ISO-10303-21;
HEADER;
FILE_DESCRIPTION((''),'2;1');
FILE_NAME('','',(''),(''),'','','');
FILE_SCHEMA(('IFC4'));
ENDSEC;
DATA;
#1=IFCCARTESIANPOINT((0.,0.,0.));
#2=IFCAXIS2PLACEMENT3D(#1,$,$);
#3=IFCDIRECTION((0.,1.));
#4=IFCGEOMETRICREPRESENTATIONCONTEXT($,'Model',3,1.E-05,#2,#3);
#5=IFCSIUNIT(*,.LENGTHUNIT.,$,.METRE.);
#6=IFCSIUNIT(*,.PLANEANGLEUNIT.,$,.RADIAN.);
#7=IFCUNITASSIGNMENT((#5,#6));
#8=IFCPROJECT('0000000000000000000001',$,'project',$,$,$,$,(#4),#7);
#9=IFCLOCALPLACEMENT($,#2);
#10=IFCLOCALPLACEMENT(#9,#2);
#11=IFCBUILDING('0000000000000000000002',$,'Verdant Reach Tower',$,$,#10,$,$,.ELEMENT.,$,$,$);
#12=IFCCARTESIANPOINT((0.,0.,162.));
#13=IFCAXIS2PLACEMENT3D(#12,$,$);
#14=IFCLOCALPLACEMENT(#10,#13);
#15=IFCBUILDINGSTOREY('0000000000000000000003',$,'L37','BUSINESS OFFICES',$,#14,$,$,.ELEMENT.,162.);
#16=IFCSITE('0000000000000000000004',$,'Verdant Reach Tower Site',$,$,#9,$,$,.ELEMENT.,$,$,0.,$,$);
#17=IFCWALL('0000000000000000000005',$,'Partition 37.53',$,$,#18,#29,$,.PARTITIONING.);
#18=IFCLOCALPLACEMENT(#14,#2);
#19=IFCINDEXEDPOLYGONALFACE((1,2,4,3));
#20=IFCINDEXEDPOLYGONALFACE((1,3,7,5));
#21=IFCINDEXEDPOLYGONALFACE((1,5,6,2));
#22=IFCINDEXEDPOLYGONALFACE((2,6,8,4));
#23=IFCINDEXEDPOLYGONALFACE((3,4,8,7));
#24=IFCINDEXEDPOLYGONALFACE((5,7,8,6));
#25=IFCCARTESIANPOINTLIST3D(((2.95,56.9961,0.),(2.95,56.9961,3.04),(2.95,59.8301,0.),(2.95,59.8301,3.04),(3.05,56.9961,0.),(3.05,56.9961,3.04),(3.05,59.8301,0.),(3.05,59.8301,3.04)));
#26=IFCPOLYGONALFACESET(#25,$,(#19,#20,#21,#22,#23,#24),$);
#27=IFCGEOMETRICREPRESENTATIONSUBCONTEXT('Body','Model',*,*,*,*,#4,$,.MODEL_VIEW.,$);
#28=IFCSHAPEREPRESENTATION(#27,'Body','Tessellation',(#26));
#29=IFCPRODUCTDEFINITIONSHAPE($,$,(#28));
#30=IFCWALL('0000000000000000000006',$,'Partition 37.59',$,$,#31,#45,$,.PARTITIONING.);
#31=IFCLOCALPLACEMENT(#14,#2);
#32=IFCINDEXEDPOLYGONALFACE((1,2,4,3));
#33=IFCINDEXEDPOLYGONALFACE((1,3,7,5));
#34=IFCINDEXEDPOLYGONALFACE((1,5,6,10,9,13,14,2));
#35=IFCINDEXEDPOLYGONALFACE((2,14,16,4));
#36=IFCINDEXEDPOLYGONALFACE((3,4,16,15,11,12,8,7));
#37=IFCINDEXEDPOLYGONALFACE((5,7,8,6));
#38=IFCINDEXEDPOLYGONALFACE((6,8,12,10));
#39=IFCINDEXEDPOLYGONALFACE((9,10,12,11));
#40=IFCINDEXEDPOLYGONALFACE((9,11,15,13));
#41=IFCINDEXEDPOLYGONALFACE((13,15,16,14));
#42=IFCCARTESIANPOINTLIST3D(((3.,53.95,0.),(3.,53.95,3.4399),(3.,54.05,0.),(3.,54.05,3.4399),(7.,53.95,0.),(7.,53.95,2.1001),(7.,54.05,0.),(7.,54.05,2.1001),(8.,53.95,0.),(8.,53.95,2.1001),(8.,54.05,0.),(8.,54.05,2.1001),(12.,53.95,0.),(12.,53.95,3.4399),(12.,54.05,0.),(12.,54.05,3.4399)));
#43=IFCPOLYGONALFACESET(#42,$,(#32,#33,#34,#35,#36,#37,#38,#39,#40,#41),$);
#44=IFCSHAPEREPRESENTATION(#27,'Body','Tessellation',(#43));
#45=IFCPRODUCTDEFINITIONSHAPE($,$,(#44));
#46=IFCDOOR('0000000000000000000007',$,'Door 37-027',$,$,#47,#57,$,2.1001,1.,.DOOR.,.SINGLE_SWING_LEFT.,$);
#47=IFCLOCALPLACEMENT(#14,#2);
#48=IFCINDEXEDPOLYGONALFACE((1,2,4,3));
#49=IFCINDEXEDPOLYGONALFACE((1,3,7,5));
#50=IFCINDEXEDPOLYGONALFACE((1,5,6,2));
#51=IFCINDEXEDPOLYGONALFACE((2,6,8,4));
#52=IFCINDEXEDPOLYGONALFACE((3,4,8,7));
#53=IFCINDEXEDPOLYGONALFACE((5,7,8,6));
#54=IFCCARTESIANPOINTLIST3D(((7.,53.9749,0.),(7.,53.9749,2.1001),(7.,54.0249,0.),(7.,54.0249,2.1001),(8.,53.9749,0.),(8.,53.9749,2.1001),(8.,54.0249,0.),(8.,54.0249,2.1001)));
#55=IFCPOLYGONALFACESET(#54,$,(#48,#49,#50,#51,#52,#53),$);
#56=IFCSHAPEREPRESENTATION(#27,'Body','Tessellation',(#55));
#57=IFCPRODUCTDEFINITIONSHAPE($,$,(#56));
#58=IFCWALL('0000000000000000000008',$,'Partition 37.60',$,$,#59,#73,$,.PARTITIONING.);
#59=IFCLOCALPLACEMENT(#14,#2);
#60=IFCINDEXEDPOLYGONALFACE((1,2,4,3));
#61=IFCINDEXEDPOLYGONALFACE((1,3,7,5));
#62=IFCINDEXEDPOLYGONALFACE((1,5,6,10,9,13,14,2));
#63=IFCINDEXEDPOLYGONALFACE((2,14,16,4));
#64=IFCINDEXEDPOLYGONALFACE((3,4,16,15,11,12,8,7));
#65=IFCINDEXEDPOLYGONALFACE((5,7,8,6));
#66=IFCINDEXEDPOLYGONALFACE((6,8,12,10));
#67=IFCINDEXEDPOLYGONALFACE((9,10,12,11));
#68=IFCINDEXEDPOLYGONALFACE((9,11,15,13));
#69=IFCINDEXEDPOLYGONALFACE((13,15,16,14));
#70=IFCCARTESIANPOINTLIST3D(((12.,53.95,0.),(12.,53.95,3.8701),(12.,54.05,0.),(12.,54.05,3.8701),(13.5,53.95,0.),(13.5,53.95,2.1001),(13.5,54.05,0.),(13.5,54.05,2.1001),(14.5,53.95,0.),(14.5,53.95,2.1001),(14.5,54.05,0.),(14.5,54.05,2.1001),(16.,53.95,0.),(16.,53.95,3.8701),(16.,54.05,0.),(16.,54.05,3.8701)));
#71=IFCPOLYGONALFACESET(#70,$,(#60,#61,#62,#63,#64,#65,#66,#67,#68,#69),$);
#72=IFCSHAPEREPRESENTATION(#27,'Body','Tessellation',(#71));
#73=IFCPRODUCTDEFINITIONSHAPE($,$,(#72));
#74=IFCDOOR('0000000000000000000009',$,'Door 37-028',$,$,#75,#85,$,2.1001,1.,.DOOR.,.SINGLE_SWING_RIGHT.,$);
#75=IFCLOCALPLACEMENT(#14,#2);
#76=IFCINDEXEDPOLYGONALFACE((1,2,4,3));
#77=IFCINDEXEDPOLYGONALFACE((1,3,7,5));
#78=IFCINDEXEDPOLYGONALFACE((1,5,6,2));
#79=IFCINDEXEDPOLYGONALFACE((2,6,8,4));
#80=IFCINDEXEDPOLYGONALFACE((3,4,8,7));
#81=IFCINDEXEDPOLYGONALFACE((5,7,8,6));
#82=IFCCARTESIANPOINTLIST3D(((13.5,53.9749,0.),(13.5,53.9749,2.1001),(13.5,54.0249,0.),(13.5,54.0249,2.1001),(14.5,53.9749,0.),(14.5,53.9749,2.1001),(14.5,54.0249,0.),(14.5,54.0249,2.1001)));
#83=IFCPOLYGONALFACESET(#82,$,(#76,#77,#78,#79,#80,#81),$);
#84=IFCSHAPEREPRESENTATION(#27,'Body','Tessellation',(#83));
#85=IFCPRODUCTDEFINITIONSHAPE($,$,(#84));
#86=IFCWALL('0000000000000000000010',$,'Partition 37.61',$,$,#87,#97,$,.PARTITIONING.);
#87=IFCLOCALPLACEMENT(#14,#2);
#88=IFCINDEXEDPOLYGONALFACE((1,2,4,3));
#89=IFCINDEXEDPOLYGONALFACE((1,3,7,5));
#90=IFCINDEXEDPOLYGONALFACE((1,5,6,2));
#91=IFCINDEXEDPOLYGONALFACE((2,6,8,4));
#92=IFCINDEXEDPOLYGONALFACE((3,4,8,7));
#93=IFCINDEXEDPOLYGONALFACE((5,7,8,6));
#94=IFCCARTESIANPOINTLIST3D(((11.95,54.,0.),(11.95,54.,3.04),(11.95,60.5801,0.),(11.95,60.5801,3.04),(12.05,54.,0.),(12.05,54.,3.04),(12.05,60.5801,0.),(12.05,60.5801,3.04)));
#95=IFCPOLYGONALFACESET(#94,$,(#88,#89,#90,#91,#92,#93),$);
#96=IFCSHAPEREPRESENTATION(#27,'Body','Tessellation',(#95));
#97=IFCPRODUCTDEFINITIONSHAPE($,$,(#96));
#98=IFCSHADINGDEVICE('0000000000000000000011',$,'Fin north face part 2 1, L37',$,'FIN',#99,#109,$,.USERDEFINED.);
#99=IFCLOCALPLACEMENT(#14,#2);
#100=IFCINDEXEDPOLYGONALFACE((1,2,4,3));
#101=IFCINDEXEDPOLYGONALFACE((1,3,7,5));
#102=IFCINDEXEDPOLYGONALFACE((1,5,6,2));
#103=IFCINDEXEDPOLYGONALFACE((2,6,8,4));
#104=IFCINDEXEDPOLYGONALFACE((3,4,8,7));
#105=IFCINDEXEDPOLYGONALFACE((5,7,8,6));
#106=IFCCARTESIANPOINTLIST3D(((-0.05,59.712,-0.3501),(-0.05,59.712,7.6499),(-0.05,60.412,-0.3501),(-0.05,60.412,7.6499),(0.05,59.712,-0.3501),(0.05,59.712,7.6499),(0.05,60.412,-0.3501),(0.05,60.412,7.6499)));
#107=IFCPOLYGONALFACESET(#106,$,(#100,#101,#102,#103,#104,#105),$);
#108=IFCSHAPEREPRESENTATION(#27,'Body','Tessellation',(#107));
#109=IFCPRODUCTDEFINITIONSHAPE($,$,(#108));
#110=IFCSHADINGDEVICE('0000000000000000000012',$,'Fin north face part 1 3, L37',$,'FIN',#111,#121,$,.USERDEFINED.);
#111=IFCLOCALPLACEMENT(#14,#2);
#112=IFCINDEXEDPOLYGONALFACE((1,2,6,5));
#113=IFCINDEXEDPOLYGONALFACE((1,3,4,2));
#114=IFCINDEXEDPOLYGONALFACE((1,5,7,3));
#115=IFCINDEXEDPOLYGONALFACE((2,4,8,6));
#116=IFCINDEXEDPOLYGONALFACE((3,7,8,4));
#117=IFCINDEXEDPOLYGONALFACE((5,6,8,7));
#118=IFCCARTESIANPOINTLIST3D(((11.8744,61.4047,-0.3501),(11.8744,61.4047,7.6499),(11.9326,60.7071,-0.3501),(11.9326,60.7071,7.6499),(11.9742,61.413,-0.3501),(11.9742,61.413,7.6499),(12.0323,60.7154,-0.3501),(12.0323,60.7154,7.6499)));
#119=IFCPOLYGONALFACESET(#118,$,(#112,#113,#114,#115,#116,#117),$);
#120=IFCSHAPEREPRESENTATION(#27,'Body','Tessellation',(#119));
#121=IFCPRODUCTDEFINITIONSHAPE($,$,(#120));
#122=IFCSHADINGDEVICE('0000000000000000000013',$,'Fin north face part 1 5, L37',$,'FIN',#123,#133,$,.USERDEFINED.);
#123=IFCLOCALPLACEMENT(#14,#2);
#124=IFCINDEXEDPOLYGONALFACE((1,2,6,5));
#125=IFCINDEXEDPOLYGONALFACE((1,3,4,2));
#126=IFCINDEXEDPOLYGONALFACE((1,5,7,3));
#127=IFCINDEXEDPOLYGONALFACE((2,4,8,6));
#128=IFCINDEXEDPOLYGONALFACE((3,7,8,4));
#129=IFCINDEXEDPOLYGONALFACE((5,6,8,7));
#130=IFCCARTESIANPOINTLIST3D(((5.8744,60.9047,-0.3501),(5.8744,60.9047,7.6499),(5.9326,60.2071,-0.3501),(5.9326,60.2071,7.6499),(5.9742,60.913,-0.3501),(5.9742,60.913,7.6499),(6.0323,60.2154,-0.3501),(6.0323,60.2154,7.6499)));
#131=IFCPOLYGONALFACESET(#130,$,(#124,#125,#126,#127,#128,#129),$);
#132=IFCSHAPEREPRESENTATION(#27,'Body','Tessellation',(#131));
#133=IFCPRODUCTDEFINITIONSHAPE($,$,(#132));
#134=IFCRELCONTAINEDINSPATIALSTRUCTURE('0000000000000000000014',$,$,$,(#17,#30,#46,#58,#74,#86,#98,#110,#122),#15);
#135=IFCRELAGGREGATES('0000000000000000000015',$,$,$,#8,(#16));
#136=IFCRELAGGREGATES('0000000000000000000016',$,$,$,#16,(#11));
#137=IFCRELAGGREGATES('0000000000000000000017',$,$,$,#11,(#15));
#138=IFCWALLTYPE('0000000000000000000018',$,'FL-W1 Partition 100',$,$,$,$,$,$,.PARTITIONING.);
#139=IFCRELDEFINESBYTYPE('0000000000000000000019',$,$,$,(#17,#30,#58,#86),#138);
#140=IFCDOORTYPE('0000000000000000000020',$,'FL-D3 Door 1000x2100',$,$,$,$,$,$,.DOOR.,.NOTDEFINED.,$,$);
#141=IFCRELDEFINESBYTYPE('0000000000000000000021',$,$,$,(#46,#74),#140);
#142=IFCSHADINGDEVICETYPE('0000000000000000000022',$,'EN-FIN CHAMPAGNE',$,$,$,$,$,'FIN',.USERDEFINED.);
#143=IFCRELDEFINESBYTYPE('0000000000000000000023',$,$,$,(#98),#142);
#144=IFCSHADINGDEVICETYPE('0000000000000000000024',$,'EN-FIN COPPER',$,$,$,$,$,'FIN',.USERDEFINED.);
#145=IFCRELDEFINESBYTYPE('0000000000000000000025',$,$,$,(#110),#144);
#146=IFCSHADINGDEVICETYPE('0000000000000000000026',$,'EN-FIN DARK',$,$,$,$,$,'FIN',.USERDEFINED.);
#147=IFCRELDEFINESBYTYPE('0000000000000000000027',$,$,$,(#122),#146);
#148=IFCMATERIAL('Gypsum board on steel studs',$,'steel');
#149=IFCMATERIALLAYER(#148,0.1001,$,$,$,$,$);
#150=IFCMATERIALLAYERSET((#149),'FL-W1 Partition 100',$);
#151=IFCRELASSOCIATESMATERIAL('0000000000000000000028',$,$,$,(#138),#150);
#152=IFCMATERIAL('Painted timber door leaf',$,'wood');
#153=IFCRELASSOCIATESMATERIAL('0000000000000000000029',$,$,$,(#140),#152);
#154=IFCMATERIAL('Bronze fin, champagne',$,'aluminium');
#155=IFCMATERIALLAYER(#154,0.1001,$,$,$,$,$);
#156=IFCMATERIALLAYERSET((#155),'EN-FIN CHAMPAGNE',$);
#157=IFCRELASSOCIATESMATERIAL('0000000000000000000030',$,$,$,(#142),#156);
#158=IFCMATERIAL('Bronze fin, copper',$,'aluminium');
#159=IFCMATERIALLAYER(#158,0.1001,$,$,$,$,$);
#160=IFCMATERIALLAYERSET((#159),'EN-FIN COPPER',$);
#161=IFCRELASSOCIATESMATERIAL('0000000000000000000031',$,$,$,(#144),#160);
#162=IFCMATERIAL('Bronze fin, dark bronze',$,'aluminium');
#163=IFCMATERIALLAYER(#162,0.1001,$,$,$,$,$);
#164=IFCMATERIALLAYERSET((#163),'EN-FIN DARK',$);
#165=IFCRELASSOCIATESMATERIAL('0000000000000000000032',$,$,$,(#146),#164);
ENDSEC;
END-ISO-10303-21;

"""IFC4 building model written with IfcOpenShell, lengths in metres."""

from ifc_helpers import new_model, si_unit, direction, frame, frame_2d, origin, origin_2d, place, context, subcontext, project, spatial, rectangle, extrude, material, layer, layer_set, type_object, element, fill, save


model = new_model("IFC4")

# Units and contexts
model_context = context("Model", 3, precision=1e-05, world=origin(), true_north=direction((0.0, 1.0)))
body_context = subcontext(model_context, "Body", "Model", "MODEL_VIEW")
ifc_project = project(units=[si_unit("LENGTHUNIT", "METRE"), si_unit("PLANEANGLEUNIT", "RADIAN")], contexts=[model_context])

# Site, building, storey
site_placement = place(None, origin())
site = spatial("IfcSite", under=ifc_project, at=site_placement, Name="Verdant Reach Tower Site", CompositionType="ELEMENT", RefElevation=0.0)
building_placement = place(site_placement, origin())
building = spatial("IfcBuilding", under=site, at=building_placement, Name="Verdant Reach Tower", CompositionType="ELEMENT")
storey_placement = place(building_placement, frame((0.0, 0.0, 162.0)))
storey = spatial("IfcBuildingStorey", under=building, at=storey_placement, Name="L37", Description="BUSINESS OFFICES", CompositionType="ELEMENT", Elevation=162.0)

# Wall
ifc_material_1 = material(Name="Gypsum board on steel studs", Category="steel")
ifc_layer_1 = layer(ifc_material_1, 0.1001)
ifc_layer_set_1 = layer_set([ifc_layer_1], Name="FL-W1 Partition 100")
wall_type = type_object("IfcWallType", Name="FL-W1 Partition 100", PredefinedType="PARTITIONING", material=ifc_layer_set_1)
wall_1_placement = place(storey_placement, frame((3.0, 56.9961, 0.0), z_axis=(0.0, 0.0, 1.0), x_axis=(0.0, 1.0, 0.0)))
element("IfcWall", 1, at=wall_1_placement, inside=storey, type_object=wall_type, Name="Partition 37.53", PredefinedType="PARTITIONING", context=body_context, shape_type="SweptSolid", body=[
    extrude(rectangle(XDim=2.834, YDim=0.1001, at=frame_2d((1.417, 0.0))), origin(), (0.0, 0.0, 1.0), 3.04),
])

# Walls, openings, doors
wall_2_placement = place(storey_placement, frame((3.0, 54.0, 0.0), z_axis=(0.0, 0.0, 1.0), x_axis=(1.0, 0.0, 0.0)))
wall_2 = element("IfcWall", 2, at=wall_2_placement, inside=storey, type_object=wall_type, Name="Partition 37.59", PredefinedType="PARTITIONING", context=body_context, shape_type="SweptSolid", body=[
    extrude(rectangle(XDim=9.0, YDim=0.1001, at=frame_2d((4.5, 0.0))), origin(), (0.0, 0.0, 1.0), 3.4399),
])
opening_1_placement = place(wall_2_placement, frame((4.0, 0.0, 0.0)))
opening_1 = element("IfcOpeningElement", 3, at=opening_1_placement, cuts=wall_2, PredefinedType="OPENING", context=body_context, shape_type="SweptSolid", body=[
    extrude(rectangle(XDim=1.0, YDim=2.1001, at=frame_2d((0.5, 1.05))), frame((0.0, 0.0601, 0.0), z_axis=(0.0, -1.0, 0.0), x_axis=(1.0, 0.0, 0.0)), (0.0, 0.0, 1.0), 0.1201),
])
ifc_material_2 = material(Name="Painted timber door leaf", Category="wood")
door_type = type_object("IfcDoorType", Name="FL-D3 Door 1000x2100", OperationType="NOTDEFINED", PredefinedType="DOOR", material=ifc_material_2)
door_1_placement = place(opening_1_placement, origin())
door_1 = element("IfcDoor", 4, at=door_1_placement, inside=storey, type_object=door_type, Name="Door 37-027", OperationType="SINGLE_SWING_LEFT", OverallHeight=2.1001, OverallWidth=1.0, PredefinedType="DOOR", context=body_context, shape_type="SweptSolid", body=[
    extrude(rectangle(XDim=1.0, YDim=2.1001, at=frame_2d((0.5, 1.05))), frame((0.0, 0.0249, 0.0), z_axis=(0.0, -1.0, 0.0), x_axis=(1.0, 0.0, 0.0)), (0.0, 0.0, 1.0), 0.05),
])
fill(opening_1, door_1)
wall_3_placement = place(storey_placement, frame((12.0, 54.0, 0.0), z_axis=(0.0, 0.0, 1.0), x_axis=(1.0, 0.0, 0.0)))
wall_3 = element("IfcWall", 5, at=wall_3_placement, inside=storey, type_object=wall_type, Name="Partition 37.60", PredefinedType="PARTITIONING", context=body_context, shape_type="SweptSolid", body=[
    extrude(rectangle(XDim=4.0, YDim=0.1001, at=frame_2d((2.0, 0.0))), origin(), (0.0, 0.0, 1.0), 3.8701),
])
opening_2_placement = place(wall_3_placement, frame((1.5, 0.0, 0.0)))
opening_2 = element("IfcOpeningElement", 6, at=opening_2_placement, cuts=wall_3, PredefinedType="OPENING", context=body_context, shape_type="SweptSolid", body=[
    extrude(rectangle(XDim=1.0, YDim=2.1001, at=frame_2d((0.5, 1.05))), frame((0.0, 0.0601, 0.0), z_axis=(0.0, -1.0, 0.0), x_axis=(1.0, 0.0, 0.0)), (0.0, 0.0, 1.0), 0.1201),
])
door_2_placement = place(opening_2_placement, origin())
door_2 = element("IfcDoor", 7, at=door_2_placement, inside=storey, type_object=door_type, Name="Door 37-028", OperationType="SINGLE_SWING_RIGHT", OverallHeight=2.1001, OverallWidth=1.0, PredefinedType="DOOR", context=body_context, shape_type="SweptSolid", body=[
    extrude(rectangle(XDim=1.0, YDim=2.1001, at=frame_2d((0.5, 1.05))), frame((0.0, 0.0249, 0.0), z_axis=(0.0, -1.0, 0.0), x_axis=(1.0, 0.0, 0.0)), (0.0, 0.0, 1.0), 0.05),
])
fill(opening_2, door_2)

# Wall
wall_4_placement = place(storey_placement, frame((12.0, 54.0, 0.0), z_axis=(0.0, 0.0, 1.0), x_axis=(0.0, 1.0, 0.0)))
element("IfcWall", 8, at=wall_4_placement, inside=storey, type_object=wall_type, Name="Partition 37.61", PredefinedType="PARTITIONING", context=body_context, shape_type="SweptSolid", body=[
    extrude(rectangle(XDim=6.5801, YDim=0.1001, at=frame_2d((3.29, 0.0))), origin(), (0.0, 0.0, 1.0), 3.04),
])

# Shading devices
ifc_material_3 = material(Name="Bronze fin, champagne", Category="aluminium")
ifc_layer_2 = layer(ifc_material_3, 0.1001)
ifc_layer_set_2 = layer_set([ifc_layer_2], Name="EN-FIN CHAMPAGNE")
shading_device_type_1 = type_object("IfcShadingDeviceType", Name="EN-FIN CHAMPAGNE", ElementType="FIN", PredefinedType="USERDEFINED", material=ifc_layer_set_2)
shading_device_1_placement = place(storey_placement, frame((0.0, 60.062, -0.3501), z_axis=(0.0, 0.0, 1.0), x_axis=(-1.0, 0.0, 0.0)))
element("IfcShadingDevice", 9, at=shading_device_1_placement, inside=storey, type_object=shading_device_type_1, Name="Fin north face part 2 1, L37", ObjectType="FIN", PredefinedType="USERDEFINED", context=body_context, shape_type="SweptSolid", body=[
    extrude(rectangle(XDim=0.1001, YDim=0.7, at=origin_2d()), origin(), (0.0, 0.0, 1.0), 8.0),
])
ifc_material_4 = material(Name="Bronze fin, copper", Category="aluminium")
ifc_layer_3 = layer(ifc_material_4, 0.1001)
ifc_layer_set_3 = layer_set([ifc_layer_3], Name="EN-FIN COPPER")
shading_device_type_2 = type_object("IfcShadingDeviceType", Name="EN-FIN COPPER", ElementType="FIN", PredefinedType="USERDEFINED", material=ifc_layer_set_3)
shading_device_2_placement = place(storey_placement, frame((11.9534, 61.0601, -0.3501), z_axis=(0.0, 0.0, 1.0), x_axis=(-0.996546, -0.083045, 0.0)))
element("IfcShadingDevice", 10, at=shading_device_2_placement, inside=storey, type_object=shading_device_type_2, Name="Fin north face part 1 3, L37", ObjectType="FIN", PredefinedType="USERDEFINED", context=body_context, shape_type="SweptSolid", body=[
    extrude(rectangle(XDim=0.1001, YDim=0.7, at=origin_2d()), origin(), (0.0, 0.0, 1.0), 8.0),
])
ifc_material_5 = material(Name="Bronze fin, dark bronze", Category="aluminium")
ifc_layer_4 = layer(ifc_material_5, 0.1001)
ifc_layer_set_4 = layer_set([ifc_layer_4], Name="EN-FIN DARK")
shading_device_type_3 = type_object("IfcShadingDeviceType", Name="EN-FIN DARK", ElementType="FIN", PredefinedType="USERDEFINED", material=ifc_layer_set_4)
shading_device_3_placement = place(storey_placement, frame((5.9534, 60.5601, -0.3501), z_axis=(0.0, 0.0, 1.0), x_axis=(-0.996546, -0.083045, 0.0)))
element("IfcShadingDevice", 11, at=shading_device_3_placement, inside=storey, type_object=shading_device_type_3, Name="Fin north face part 1 5, L37", ObjectType="FIN", PredefinedType="USERDEFINED", context=body_context, shape_type="SweptSolid", body=[
    extrude(rectangle(XDim=0.1001, YDim=0.7, at=origin_2d()), origin(), (0.0, 0.0, 1.0), 8.0),
])

save(model, "model.ifc")
